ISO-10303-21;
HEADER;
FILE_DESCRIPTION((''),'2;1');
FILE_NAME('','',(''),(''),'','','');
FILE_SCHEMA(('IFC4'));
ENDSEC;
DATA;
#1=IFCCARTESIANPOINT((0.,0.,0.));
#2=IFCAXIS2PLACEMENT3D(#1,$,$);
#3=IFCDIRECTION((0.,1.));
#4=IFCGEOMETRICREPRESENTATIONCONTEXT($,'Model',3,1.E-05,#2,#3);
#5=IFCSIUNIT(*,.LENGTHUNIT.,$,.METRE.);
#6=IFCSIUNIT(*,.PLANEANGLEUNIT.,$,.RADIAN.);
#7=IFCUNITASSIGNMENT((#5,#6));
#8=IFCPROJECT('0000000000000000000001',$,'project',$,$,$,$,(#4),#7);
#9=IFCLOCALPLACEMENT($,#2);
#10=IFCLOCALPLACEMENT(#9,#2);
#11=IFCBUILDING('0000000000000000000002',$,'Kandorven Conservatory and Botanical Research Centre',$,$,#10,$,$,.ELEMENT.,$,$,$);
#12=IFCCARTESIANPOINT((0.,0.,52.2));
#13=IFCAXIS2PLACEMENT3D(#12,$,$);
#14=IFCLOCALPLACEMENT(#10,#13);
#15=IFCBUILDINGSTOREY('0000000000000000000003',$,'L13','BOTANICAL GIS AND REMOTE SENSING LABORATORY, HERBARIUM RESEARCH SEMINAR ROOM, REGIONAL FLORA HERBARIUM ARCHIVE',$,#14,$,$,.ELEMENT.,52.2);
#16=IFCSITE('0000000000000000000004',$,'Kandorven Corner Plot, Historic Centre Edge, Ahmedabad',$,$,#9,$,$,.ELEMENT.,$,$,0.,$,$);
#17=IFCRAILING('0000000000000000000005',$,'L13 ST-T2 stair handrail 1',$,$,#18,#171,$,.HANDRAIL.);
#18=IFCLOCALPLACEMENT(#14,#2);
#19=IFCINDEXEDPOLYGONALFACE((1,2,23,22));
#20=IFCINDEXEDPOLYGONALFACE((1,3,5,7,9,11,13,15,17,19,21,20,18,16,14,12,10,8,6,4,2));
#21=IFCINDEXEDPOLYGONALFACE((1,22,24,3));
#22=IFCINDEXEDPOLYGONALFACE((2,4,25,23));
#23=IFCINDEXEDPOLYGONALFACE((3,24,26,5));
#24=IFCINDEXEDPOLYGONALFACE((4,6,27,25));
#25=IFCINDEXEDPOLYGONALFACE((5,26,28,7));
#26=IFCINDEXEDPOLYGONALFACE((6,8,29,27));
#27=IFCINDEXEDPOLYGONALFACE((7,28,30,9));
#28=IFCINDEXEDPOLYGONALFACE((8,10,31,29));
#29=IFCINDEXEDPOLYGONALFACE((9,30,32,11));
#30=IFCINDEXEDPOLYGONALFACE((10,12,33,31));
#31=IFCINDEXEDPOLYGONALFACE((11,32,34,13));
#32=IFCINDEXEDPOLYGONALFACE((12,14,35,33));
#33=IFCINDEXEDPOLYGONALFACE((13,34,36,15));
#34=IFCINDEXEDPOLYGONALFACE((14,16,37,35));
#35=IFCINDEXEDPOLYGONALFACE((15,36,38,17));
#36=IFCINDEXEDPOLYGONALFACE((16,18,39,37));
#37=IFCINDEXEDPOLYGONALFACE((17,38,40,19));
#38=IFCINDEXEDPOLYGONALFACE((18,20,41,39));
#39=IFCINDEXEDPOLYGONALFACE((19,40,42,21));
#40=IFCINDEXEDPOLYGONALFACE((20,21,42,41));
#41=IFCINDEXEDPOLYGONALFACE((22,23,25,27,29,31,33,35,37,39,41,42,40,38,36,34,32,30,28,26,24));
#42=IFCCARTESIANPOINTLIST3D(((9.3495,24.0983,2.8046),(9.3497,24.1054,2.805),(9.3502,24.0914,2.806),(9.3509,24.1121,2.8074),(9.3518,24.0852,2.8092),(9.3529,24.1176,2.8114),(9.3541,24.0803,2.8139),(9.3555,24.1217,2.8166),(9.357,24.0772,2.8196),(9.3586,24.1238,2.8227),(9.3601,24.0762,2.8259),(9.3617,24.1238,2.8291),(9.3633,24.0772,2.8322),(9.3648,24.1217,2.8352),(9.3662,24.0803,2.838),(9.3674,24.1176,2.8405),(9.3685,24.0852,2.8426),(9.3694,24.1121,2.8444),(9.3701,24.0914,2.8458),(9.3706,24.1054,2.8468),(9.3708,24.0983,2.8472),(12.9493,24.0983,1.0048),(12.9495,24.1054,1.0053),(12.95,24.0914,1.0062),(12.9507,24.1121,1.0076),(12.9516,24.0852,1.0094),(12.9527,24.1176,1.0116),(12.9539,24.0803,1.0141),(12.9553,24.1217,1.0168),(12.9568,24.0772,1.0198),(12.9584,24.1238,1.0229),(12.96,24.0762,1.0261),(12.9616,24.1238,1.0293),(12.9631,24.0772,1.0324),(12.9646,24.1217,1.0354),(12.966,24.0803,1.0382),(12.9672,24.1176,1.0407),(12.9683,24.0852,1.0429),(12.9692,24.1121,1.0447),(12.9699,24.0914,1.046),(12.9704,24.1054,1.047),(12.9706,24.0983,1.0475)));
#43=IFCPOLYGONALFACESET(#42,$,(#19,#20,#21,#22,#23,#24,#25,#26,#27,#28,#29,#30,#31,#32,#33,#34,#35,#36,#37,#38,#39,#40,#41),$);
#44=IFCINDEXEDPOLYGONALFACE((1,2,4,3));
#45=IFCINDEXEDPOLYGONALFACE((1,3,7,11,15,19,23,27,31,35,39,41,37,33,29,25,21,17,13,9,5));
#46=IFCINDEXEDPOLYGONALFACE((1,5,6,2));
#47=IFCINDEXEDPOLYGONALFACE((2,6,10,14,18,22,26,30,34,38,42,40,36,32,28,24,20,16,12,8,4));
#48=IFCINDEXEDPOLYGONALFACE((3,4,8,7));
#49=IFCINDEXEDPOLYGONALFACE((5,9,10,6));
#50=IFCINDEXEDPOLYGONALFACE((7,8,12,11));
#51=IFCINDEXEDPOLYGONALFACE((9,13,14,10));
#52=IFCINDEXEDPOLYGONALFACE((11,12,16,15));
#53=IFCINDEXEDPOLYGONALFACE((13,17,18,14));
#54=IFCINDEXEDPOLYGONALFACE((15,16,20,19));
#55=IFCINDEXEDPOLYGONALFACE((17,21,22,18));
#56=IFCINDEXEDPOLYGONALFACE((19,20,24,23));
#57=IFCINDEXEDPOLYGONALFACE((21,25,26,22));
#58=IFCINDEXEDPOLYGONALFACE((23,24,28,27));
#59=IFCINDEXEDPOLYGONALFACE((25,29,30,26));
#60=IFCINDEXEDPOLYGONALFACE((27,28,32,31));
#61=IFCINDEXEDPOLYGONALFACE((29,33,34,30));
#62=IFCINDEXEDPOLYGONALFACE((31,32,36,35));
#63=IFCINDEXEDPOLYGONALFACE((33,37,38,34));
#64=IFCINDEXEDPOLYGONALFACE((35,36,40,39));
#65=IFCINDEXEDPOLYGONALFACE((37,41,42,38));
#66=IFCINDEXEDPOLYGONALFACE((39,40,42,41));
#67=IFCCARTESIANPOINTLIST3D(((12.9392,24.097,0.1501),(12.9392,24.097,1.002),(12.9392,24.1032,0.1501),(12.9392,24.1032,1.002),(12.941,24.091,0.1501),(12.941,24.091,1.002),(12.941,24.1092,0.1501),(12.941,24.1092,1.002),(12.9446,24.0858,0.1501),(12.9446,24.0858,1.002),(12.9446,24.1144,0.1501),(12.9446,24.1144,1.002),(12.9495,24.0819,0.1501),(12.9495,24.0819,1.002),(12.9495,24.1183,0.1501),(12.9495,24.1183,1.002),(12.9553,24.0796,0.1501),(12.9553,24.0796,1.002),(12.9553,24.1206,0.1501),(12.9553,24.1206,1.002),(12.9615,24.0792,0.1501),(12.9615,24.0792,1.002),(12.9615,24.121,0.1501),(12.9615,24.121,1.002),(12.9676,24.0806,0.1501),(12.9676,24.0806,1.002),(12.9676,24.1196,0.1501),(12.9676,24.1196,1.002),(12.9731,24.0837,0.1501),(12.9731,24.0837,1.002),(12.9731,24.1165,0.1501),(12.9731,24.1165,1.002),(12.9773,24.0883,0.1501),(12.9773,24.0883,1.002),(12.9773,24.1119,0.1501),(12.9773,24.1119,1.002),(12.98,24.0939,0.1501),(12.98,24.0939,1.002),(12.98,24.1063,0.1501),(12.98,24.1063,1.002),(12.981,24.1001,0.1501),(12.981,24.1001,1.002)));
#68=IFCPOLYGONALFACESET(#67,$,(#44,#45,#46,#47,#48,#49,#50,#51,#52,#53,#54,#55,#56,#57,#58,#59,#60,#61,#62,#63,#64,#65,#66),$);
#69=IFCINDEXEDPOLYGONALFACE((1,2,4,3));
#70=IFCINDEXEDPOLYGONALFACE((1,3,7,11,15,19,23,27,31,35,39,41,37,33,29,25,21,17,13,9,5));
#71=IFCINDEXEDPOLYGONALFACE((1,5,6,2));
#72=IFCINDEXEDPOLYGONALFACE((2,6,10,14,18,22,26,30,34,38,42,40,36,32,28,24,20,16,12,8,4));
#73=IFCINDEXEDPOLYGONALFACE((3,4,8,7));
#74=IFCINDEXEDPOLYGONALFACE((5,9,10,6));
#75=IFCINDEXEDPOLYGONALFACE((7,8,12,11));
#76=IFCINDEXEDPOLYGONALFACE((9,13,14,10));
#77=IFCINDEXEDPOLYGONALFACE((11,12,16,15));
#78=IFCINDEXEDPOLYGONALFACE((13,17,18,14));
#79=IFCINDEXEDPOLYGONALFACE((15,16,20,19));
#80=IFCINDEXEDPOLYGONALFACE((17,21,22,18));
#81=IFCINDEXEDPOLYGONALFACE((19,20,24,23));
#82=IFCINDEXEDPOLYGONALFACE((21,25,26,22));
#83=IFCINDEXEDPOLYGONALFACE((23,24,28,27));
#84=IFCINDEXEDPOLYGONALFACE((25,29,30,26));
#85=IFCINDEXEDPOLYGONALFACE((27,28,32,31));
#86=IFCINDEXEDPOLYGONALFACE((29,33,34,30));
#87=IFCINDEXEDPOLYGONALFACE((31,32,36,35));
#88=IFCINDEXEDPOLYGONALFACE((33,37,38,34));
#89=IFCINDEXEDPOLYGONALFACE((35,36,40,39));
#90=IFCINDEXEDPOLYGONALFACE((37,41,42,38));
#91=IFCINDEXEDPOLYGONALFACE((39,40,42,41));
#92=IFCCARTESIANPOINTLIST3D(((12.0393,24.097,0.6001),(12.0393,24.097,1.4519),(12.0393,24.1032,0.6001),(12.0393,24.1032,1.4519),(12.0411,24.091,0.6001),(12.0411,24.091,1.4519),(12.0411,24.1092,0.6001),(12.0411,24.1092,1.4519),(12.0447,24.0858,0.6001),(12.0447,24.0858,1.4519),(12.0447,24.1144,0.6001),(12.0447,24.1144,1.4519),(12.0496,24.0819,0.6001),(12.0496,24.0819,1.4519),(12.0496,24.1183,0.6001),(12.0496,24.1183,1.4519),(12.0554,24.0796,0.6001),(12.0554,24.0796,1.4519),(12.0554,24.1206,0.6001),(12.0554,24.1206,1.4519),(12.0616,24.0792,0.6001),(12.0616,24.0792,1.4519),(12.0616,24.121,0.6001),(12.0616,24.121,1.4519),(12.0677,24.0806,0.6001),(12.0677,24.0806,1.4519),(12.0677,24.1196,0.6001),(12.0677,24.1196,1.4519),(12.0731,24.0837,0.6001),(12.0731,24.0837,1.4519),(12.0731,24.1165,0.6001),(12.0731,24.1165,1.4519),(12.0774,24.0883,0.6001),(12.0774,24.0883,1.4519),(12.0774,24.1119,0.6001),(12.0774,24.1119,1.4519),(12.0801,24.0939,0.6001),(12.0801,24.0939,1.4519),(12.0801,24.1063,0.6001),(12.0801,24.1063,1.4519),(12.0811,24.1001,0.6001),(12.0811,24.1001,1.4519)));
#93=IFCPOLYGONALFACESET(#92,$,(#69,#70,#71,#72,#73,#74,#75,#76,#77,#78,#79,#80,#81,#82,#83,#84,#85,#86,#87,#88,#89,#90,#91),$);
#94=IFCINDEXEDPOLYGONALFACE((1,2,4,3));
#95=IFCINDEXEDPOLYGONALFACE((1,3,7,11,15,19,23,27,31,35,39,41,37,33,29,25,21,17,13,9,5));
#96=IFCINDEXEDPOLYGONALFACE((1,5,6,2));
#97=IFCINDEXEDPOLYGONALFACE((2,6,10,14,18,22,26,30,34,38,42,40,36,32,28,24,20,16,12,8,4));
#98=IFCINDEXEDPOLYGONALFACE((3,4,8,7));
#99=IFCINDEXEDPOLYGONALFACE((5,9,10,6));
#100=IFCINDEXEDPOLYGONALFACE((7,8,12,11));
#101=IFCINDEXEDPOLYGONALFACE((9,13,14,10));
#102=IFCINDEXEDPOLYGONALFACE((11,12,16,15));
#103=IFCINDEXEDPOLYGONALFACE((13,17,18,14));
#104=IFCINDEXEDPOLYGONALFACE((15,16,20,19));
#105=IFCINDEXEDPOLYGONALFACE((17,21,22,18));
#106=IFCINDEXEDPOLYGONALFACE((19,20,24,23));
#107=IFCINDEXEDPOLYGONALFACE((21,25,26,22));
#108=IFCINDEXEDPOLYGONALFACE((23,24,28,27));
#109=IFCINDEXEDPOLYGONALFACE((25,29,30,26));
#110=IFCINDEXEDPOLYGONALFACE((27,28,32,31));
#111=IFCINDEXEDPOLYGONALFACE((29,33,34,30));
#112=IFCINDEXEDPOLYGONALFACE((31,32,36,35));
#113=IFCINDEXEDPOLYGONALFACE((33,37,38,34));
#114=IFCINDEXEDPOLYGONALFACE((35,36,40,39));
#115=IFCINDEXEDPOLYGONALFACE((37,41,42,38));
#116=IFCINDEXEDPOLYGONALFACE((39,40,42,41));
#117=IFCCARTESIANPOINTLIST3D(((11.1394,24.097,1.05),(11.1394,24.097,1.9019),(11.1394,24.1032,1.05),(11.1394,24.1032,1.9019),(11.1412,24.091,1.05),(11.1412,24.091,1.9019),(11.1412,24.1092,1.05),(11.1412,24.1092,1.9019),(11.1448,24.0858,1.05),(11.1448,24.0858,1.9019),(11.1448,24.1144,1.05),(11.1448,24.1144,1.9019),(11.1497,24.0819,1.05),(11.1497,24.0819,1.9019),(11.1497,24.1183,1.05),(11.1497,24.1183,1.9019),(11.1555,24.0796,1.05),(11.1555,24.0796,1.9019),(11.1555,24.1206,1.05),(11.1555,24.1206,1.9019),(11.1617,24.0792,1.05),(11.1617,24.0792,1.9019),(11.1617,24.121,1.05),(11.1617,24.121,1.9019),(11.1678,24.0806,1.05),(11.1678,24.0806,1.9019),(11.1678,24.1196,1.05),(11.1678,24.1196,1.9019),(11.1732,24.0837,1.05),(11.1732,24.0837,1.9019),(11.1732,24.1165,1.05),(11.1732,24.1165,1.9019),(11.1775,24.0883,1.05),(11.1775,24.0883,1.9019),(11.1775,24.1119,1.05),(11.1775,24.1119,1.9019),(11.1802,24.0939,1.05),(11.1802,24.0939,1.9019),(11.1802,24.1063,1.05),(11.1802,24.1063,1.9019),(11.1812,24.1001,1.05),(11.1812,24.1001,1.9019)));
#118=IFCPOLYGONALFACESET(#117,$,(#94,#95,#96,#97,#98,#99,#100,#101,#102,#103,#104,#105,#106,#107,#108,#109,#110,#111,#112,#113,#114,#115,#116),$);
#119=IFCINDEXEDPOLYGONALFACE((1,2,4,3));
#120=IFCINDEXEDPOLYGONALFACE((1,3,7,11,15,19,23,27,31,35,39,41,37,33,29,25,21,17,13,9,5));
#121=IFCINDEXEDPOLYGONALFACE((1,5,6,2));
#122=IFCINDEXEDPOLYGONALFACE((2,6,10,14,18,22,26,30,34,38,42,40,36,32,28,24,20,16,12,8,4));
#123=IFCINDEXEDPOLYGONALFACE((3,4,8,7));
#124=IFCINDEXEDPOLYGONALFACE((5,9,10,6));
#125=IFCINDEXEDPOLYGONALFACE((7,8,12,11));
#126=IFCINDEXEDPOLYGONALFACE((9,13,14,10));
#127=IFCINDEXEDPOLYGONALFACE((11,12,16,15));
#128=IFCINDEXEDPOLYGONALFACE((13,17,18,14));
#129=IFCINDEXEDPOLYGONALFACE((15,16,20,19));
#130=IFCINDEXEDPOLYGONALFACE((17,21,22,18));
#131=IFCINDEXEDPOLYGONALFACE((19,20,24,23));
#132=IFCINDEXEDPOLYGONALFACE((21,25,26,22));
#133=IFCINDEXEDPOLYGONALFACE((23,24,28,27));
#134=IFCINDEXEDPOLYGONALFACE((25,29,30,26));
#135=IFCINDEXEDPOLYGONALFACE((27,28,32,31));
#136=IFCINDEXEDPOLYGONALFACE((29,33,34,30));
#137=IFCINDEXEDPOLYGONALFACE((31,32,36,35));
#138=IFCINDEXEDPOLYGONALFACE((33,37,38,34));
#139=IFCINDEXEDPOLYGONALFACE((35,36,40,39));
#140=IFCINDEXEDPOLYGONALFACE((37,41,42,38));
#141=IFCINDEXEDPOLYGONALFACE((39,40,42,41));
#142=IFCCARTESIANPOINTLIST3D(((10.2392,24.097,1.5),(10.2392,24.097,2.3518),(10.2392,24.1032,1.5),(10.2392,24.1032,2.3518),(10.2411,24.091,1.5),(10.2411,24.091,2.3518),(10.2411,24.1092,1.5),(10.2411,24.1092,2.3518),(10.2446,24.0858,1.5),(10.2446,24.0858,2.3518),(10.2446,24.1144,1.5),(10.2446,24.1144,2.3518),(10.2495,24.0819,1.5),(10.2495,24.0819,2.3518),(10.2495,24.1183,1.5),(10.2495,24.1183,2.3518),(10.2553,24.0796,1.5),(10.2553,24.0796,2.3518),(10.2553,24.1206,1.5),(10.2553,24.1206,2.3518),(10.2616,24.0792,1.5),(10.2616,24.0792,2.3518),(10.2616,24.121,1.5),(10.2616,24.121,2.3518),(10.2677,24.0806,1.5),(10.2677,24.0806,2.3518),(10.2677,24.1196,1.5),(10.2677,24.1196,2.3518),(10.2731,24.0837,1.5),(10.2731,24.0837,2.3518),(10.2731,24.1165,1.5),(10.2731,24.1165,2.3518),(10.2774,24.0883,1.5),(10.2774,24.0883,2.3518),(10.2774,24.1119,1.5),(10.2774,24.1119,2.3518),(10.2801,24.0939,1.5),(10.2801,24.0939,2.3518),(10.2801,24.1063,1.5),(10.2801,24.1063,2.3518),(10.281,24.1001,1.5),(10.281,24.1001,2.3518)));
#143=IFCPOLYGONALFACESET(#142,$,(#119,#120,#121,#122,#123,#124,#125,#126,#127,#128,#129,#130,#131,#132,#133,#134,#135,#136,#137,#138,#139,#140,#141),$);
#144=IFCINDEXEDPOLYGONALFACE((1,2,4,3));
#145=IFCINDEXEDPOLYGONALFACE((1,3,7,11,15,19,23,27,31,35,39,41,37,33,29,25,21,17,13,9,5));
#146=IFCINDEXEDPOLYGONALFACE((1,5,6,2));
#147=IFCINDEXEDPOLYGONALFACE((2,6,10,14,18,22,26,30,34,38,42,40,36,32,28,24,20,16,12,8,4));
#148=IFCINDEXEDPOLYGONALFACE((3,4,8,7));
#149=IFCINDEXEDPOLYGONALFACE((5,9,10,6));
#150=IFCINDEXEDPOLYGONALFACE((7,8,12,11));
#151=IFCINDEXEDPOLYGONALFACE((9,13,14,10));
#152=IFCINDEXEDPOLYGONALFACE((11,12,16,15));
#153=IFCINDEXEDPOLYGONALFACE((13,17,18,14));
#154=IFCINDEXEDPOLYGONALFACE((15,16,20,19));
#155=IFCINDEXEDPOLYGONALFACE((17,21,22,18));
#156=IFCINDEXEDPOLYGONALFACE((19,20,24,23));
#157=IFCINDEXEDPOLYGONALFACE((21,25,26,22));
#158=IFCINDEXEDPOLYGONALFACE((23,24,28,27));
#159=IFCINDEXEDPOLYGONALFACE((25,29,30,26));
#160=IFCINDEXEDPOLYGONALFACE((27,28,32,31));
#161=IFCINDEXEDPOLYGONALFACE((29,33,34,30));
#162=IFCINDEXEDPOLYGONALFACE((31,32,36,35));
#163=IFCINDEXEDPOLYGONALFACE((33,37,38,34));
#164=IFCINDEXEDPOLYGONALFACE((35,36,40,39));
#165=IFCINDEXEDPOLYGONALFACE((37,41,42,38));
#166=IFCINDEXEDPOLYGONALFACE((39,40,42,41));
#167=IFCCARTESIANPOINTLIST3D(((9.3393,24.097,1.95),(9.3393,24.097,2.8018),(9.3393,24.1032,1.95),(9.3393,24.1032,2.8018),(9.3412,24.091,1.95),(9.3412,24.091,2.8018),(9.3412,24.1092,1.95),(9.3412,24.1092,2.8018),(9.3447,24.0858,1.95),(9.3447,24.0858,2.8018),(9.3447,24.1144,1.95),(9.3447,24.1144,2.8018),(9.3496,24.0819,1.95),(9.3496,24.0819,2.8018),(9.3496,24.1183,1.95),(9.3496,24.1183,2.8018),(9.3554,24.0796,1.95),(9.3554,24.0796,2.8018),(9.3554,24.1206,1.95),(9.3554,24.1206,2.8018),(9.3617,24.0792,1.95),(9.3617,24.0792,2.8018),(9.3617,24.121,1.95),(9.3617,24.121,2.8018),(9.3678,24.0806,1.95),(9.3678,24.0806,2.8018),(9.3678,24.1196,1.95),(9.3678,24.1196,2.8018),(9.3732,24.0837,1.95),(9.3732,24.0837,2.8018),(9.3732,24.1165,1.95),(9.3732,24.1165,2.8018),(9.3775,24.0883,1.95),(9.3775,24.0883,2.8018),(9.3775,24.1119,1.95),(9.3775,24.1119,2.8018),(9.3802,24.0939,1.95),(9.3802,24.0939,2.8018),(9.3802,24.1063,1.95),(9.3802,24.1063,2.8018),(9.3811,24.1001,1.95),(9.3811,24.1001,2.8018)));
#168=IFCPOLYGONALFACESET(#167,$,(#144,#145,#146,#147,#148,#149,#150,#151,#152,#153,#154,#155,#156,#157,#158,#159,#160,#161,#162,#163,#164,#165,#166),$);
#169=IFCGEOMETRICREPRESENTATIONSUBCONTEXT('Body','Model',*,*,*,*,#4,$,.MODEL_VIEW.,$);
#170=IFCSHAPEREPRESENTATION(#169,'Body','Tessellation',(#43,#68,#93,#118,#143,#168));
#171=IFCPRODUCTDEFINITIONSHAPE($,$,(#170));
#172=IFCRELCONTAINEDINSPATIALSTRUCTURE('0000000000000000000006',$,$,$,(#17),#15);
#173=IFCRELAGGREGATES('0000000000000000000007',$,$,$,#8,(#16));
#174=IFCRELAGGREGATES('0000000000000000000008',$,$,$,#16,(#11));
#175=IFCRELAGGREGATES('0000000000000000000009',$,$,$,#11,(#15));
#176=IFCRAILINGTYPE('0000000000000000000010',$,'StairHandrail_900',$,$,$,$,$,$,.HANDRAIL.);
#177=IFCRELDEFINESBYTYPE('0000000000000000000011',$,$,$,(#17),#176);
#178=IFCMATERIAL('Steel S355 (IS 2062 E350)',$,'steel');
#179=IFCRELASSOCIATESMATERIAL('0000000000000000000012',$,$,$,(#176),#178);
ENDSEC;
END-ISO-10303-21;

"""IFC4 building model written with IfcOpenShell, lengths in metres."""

from ifc_helpers import new_model, si_unit, direction, frame, origin, origin_2d, place, context, subcontext, project, spatial, circle, extrude, material, type_object, element, save


model = new_model("IFC4")

# Units and contexts
model_context = context("Model", 3, precision=1e-05, world=origin(), true_north=direction((0.0, 1.0)))
body_context = subcontext(model_context, "Body", "Model", "MODEL_VIEW")
ifc_project = project(units=[si_unit("LENGTHUNIT", "METRE"), si_unit("PLANEANGLEUNIT", "RADIAN")], contexts=[model_context])

# Site, building, storey
site_placement = place(None, origin())
site = spatial("IfcSite", under=ifc_project, at=site_placement, Name="Kandorven Corner Plot, Historic Centre Edge, Ahmedabad", CompositionType="ELEMENT", RefElevation=0.0)
building_placement = place(site_placement, origin())
building = spatial("IfcBuilding", under=site, at=building_placement, Name="Kandorven Conservatory and Botanical Research Centre", CompositionType="ELEMENT")
storey_placement = place(building_placement, frame((0.0, 0.0, 52.2)))
storey = spatial("IfcBuildingStorey", under=building, at=storey_placement, Name="L13", Description="BOTANICAL GIS AND REMOTE SENSING LABORATORY, HERBARIUM RESEARCH SEMINAR ROOM, REGIONAL FLORA HERBARIUM ARCHIVE", CompositionType="ELEMENT", Elevation=52.2)

# Railing
ifc_material_1 = material(Name="Steel S355 (IS 2062 E350)", Category="steel")
railing_type_1 = type_object("IfcRailingType", Name="StairHandrail_900", PredefinedType="HANDRAIL", material=ifc_material_1)
railing_1_placement = place(storey_placement, frame((12.96, 24.1001, 0.1501)))
element("IfcRailing", 1, at=railing_1_placement, inside=storey, type_object=railing_type_1, Name="L13 ST-T2 stair handrail 1", PredefinedType="HANDRAIL", context=body_context, shape_type="SweptSolid", body=[
    extrude(circle(Radius=0.0239, at=origin_2d()), frame((0.0, 0.0, 0.876), z_axis=(-0.894439, 0.0, 0.447189), x_axis=(0.0, -1.0, 0.0)), (0.0, 0.0, 1.0), 4.0247),
    extrude(circle(Radius=0.021, at=origin_2d()), origin(), (0.0, 0.0, 1.0), 0.8518),
    extrude(circle(Radius=0.021, at=origin_2d()), frame((-0.8999, 0.0, 0.45)), (0.0, 0.0, 1.0), 0.8518),
    extrude(circle(Radius=0.021, at=origin_2d()), frame((-1.7998, 0.0, 0.8999)), (0.0, 0.0, 1.0), 0.8518),
    extrude(circle(Radius=0.021, at=origin_2d()), frame((-2.7, 0.0, 1.3499)), (0.0, 0.0, 1.0), 0.8518),
    extrude(circle(Radius=0.021, at=origin_2d()), frame((-3.5999, 0.0, 1.7998)), (0.0, 0.0, 1.0), 0.8518),
])

save(model, "model.ifc")
